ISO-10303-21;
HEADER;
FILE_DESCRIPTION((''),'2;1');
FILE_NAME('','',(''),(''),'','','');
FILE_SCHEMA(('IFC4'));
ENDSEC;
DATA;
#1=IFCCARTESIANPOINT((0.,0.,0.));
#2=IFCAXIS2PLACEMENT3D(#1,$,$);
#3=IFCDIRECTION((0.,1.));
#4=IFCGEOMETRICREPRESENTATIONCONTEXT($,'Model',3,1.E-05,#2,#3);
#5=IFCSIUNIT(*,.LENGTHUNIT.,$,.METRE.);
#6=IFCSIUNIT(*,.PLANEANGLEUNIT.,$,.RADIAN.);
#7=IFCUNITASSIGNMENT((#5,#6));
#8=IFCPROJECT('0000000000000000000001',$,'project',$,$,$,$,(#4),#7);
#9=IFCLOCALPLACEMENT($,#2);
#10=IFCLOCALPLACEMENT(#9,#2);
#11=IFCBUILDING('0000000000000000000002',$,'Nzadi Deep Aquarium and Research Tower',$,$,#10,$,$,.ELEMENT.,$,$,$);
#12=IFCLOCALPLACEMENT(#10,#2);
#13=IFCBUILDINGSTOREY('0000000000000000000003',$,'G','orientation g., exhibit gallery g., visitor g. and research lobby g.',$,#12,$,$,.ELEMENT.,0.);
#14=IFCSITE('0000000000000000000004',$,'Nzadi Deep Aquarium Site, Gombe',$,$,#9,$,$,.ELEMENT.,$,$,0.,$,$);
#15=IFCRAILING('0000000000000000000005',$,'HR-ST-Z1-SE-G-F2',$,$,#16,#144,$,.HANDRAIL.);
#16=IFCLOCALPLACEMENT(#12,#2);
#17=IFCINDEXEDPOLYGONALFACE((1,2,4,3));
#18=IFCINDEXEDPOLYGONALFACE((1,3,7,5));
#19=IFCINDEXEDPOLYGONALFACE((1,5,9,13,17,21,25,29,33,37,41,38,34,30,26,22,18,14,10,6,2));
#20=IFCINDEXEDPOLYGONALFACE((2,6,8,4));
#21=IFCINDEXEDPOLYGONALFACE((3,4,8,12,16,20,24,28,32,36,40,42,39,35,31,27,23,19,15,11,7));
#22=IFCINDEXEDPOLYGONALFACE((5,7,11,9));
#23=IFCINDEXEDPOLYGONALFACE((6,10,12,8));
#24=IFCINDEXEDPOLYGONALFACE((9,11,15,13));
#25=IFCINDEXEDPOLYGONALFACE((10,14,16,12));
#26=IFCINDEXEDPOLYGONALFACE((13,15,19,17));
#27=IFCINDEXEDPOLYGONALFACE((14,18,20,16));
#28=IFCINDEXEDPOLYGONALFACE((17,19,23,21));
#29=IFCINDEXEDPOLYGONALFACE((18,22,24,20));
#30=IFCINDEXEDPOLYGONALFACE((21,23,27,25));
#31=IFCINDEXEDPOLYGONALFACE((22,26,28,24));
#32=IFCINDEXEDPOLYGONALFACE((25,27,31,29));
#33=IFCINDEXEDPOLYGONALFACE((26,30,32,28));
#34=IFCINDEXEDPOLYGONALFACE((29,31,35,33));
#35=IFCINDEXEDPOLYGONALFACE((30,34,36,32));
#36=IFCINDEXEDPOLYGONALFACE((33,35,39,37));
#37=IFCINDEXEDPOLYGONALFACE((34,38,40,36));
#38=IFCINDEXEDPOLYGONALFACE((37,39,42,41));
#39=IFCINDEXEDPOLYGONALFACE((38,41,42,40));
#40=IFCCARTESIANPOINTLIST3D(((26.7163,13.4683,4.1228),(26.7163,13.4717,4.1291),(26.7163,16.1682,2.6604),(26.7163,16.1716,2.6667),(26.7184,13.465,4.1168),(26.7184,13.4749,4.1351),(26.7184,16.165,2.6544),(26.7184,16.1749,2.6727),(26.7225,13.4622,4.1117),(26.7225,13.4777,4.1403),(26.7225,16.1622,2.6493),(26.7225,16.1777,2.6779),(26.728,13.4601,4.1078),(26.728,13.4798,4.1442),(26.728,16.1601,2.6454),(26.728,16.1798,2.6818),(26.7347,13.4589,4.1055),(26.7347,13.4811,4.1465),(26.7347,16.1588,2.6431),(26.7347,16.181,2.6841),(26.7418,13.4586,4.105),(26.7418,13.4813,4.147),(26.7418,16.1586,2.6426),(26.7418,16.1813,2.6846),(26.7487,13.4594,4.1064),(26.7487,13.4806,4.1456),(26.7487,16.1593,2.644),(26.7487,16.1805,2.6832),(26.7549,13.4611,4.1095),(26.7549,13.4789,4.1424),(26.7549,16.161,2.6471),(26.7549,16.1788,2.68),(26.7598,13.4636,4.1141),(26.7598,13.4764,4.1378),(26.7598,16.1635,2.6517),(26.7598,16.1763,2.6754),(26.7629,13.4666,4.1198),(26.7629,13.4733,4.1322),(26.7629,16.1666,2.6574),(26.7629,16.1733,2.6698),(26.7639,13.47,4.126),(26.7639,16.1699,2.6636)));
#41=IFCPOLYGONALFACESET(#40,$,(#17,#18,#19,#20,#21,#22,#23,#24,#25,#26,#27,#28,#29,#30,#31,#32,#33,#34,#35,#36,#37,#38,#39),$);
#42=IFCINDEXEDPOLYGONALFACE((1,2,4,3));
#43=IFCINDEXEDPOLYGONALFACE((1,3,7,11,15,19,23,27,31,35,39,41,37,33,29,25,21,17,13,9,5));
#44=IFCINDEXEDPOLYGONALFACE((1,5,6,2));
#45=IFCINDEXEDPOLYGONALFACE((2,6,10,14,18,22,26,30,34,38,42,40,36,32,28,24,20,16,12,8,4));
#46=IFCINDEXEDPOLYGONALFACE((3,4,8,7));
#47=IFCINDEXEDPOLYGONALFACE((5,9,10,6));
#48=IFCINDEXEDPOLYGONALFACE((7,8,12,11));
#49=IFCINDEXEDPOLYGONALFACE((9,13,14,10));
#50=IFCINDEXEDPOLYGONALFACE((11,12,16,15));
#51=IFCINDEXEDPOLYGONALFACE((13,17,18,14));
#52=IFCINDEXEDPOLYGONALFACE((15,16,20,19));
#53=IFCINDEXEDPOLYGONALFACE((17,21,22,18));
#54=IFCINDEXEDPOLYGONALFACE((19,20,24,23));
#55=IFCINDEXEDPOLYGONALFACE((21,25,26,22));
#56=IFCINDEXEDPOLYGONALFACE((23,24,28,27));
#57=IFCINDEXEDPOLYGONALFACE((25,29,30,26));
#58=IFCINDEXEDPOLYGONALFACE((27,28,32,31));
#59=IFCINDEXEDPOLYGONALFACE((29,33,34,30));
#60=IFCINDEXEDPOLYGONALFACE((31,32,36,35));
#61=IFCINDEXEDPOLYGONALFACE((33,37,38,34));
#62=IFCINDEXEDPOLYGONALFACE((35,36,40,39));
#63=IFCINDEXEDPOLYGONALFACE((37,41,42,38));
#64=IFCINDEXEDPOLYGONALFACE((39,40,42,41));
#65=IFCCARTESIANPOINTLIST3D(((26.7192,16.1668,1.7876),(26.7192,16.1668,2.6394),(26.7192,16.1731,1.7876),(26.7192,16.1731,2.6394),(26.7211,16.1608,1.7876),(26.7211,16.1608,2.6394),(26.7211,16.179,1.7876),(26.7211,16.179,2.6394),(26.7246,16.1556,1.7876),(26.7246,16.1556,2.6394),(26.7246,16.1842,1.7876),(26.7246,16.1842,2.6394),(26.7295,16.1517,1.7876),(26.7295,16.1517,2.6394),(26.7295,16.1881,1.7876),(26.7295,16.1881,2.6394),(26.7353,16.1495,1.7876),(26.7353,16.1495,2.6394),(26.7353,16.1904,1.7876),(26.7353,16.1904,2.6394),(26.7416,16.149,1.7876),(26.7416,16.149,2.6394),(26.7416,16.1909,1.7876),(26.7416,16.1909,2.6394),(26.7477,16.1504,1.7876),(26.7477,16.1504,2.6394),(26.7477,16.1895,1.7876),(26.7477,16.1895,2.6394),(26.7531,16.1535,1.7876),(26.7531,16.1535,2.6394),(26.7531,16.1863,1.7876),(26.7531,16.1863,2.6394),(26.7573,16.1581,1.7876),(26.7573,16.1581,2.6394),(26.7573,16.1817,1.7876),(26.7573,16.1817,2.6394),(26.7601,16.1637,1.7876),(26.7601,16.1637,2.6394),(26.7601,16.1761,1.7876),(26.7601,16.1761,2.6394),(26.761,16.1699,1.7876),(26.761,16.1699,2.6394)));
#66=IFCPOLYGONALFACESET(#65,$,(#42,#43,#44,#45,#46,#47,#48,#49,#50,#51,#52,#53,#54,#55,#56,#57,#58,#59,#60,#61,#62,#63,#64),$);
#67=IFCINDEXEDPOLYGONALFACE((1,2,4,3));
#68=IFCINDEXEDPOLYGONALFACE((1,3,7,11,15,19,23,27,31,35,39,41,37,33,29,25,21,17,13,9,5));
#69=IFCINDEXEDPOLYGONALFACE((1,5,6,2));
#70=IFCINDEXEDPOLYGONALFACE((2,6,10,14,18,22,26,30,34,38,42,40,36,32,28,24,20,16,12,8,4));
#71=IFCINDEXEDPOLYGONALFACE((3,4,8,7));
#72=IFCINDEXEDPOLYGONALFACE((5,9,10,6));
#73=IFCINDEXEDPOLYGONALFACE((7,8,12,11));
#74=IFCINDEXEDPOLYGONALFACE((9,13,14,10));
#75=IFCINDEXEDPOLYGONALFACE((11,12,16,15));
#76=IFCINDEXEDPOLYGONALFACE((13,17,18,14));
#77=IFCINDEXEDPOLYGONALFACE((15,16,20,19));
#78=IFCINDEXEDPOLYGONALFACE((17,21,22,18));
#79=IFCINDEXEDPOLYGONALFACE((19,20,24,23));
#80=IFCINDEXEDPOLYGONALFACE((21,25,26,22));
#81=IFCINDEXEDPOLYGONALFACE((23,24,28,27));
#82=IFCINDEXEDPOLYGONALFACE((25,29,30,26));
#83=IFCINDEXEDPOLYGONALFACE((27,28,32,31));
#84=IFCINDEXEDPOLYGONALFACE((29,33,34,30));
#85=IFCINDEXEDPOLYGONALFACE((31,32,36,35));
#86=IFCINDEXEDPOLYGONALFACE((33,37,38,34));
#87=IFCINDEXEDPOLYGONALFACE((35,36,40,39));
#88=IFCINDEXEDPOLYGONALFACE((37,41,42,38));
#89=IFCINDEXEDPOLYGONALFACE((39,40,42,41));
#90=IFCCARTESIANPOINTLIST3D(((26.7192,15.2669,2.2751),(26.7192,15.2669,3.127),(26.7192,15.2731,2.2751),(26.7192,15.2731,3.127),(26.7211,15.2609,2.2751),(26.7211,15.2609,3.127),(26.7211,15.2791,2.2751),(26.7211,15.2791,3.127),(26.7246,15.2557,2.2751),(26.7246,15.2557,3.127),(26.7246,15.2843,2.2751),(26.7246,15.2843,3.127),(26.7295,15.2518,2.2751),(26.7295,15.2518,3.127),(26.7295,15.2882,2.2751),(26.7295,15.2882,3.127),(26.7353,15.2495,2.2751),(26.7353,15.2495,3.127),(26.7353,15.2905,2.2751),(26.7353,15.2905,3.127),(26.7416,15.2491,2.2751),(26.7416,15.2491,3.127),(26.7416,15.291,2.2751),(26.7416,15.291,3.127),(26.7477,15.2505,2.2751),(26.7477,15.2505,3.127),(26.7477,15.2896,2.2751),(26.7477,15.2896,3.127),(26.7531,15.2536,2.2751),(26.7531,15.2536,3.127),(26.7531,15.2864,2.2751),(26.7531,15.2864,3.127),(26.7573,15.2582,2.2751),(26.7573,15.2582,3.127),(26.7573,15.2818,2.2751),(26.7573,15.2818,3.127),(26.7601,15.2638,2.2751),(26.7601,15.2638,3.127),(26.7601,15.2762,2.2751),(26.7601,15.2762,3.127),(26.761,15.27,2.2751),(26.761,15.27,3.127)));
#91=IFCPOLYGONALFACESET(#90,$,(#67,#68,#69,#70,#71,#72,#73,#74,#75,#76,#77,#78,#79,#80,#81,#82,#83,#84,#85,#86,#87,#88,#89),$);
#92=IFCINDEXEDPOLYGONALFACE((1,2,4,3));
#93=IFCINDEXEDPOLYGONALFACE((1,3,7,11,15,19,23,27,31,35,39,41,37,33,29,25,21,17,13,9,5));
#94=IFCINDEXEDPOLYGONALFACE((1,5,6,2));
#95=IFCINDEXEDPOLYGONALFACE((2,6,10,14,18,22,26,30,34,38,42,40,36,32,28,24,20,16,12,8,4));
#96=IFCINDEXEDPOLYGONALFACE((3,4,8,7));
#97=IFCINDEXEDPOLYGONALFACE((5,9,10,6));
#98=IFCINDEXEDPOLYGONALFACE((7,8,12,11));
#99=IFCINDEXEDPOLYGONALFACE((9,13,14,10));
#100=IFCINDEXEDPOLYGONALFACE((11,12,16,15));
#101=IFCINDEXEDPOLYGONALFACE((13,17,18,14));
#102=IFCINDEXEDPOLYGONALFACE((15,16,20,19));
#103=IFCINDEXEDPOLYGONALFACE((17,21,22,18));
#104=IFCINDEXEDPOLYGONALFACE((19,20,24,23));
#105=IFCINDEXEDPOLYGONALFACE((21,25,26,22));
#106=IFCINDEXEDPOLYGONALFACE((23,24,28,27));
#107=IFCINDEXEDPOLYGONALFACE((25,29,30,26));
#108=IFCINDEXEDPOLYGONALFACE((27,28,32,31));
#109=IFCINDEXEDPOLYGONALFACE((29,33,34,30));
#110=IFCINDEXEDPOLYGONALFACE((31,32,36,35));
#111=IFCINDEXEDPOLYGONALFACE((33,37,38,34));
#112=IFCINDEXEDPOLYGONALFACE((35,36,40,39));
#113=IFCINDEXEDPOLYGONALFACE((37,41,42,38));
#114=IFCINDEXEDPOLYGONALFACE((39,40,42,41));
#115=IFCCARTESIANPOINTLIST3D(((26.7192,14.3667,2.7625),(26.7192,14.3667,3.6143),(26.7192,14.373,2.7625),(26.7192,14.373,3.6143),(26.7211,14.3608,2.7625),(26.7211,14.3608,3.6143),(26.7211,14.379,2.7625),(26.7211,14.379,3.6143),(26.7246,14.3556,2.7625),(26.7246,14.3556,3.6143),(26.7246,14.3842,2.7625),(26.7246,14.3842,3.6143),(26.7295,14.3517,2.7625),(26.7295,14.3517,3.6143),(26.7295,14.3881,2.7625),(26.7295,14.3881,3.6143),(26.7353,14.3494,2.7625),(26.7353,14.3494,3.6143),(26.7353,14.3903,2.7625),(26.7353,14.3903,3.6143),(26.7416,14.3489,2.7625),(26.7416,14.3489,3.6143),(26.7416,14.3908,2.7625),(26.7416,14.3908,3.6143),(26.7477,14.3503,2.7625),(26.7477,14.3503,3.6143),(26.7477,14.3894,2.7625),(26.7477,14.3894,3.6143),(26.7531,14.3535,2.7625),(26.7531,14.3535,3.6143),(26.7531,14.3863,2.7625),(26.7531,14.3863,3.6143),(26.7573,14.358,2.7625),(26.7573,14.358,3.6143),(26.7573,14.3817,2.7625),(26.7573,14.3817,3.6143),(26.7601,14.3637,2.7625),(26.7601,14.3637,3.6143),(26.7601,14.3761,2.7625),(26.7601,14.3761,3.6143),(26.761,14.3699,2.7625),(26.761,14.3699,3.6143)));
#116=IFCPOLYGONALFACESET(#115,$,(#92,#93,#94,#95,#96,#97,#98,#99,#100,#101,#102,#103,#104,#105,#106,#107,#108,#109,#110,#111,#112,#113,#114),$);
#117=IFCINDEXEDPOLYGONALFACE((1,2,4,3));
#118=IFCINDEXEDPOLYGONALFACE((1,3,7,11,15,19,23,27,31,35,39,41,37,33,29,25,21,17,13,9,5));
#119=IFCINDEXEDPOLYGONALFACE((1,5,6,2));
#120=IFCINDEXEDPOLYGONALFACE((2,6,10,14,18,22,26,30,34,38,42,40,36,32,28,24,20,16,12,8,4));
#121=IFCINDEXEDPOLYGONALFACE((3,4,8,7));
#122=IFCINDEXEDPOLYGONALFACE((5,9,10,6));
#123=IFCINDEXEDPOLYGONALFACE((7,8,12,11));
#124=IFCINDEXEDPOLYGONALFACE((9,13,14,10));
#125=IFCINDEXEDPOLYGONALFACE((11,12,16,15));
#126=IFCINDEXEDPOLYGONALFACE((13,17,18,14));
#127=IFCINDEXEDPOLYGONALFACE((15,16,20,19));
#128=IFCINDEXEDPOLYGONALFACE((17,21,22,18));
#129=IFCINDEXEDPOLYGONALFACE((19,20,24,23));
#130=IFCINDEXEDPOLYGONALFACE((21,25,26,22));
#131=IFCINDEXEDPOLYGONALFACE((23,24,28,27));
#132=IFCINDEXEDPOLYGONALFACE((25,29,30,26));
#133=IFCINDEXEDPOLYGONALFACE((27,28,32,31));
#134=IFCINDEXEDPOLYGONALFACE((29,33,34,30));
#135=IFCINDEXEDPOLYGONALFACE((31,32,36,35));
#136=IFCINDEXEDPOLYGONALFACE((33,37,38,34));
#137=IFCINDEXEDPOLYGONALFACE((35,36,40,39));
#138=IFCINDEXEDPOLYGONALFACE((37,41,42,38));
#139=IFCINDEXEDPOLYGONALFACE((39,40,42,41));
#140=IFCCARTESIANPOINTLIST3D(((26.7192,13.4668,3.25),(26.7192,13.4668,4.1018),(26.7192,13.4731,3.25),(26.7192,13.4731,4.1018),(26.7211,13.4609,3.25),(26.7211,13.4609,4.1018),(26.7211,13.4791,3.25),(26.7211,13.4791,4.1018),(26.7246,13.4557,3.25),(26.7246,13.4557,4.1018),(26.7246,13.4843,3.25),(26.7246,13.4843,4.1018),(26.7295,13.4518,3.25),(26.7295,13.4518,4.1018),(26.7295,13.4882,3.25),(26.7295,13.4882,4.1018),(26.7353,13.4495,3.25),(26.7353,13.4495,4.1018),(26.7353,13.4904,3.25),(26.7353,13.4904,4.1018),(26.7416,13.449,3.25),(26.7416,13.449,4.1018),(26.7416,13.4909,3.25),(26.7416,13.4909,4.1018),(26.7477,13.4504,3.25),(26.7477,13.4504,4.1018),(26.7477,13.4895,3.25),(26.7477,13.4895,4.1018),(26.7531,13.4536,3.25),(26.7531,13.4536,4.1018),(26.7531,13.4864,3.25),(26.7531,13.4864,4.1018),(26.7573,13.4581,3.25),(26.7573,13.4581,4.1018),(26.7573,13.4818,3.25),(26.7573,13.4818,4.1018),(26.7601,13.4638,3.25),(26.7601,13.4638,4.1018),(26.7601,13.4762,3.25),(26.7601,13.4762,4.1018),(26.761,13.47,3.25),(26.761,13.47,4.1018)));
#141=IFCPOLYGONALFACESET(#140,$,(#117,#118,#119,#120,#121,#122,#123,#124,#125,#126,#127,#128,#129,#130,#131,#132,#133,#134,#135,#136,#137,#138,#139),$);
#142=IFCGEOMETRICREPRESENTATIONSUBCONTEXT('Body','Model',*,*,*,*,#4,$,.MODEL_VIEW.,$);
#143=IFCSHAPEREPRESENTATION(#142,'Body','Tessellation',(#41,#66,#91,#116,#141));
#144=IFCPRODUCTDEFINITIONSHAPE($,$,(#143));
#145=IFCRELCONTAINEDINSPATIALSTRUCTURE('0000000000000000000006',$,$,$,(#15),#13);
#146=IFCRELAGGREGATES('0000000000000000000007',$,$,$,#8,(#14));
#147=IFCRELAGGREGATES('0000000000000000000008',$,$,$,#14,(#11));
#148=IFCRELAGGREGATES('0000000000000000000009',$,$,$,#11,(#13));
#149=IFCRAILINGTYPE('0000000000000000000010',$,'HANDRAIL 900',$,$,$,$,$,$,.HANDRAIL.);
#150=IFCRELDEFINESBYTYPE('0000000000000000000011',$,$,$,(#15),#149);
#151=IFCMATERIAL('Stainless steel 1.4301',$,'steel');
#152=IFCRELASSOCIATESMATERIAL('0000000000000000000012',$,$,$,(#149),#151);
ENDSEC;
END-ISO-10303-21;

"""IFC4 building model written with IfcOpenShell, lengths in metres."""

from ifc_helpers import new_model, si_unit, direction, frame, origin, origin_2d, place, context, subcontext, project, spatial, circle, extrude, material, type_object, element, save


model = new_model("IFC4")

# Units and contexts
model_context = context("Model", 3, precision=1e-05, world=origin(), true_north=direction((0.0, 1.0)))
body_context = subcontext(model_context, "Body", "Model", "MODEL_VIEW")
ifc_project = project(units=[si_unit("LENGTHUNIT", "METRE"), si_unit("PLANEANGLEUNIT", "RADIAN")], contexts=[model_context])

# Site, building, storey
site_placement = place(None, origin())
site = spatial("IfcSite", under=ifc_project, at=site_placement, Name="Nzadi Deep Aquarium Site, Gombe", CompositionType="ELEMENT", RefElevation=0.0)
building_placement = place(site_placement, origin())
building = spatial("IfcBuilding", under=site, at=building_placement, Name="Nzadi Deep Aquarium and Research Tower", CompositionType="ELEMENT")
storey_placement = place(building_placement, origin())
storey = spatial("IfcBuildingStorey", under=building, at=storey_placement, Name="G", Description="orientation g., exhibit gallery g., visitor g. and research lobby g.", CompositionType="ELEMENT", Elevation=0.0)

# Railing
ifc_material_1 = material(Name="Stainless steel 1.4301", Category="steel")
railing_type = type_object("IfcRailingType", Name="HANDRAIL 900", PredefinedType="HANDRAIL", material=ifc_material_1)
for number, where, name in (
    (1, (26.74, 16.1699, 1.7876), "HR-ST-Z1-SE-G-F2"),
):
    element("IfcRailing", number, at=place(storey_placement, frame(where)), inside=storey, type_object=railing_type, Name=name, PredefinedType="HANDRAIL", context=body_context, shape_type="SweptSolid", body=[
        extrude(circle(Radius=0.0239, at=origin_2d()), frame((0.0, 0.0, 0.876), z_axis=(0.0, -0.879302, 0.476265), x_axis=(1.0, 0.0, 0.0)), (0.0, 0.0, 1.0), 3.0706),
        extrude(circle(Radius=0.021, at=origin_2d()), origin(), (0.0, 0.0, 1.0), 0.8518),
        extrude(circle(Radius=0.021, at=origin_2d()), frame((0.0, -0.8999, 0.4875)), (0.0, 0.0, 1.0), 0.8518),
        extrude(circle(Radius=0.021, at=origin_2d()), frame((0.0, -1.8, 0.9749)), (0.0, 0.0, 1.0), 0.8518),
        extrude(circle(Radius=0.021, at=origin_2d()), frame((0.0, -2.7, 1.4624)), (0.0, 0.0, 1.0), 0.8518),
    ])

save(model, "model.ifc")
